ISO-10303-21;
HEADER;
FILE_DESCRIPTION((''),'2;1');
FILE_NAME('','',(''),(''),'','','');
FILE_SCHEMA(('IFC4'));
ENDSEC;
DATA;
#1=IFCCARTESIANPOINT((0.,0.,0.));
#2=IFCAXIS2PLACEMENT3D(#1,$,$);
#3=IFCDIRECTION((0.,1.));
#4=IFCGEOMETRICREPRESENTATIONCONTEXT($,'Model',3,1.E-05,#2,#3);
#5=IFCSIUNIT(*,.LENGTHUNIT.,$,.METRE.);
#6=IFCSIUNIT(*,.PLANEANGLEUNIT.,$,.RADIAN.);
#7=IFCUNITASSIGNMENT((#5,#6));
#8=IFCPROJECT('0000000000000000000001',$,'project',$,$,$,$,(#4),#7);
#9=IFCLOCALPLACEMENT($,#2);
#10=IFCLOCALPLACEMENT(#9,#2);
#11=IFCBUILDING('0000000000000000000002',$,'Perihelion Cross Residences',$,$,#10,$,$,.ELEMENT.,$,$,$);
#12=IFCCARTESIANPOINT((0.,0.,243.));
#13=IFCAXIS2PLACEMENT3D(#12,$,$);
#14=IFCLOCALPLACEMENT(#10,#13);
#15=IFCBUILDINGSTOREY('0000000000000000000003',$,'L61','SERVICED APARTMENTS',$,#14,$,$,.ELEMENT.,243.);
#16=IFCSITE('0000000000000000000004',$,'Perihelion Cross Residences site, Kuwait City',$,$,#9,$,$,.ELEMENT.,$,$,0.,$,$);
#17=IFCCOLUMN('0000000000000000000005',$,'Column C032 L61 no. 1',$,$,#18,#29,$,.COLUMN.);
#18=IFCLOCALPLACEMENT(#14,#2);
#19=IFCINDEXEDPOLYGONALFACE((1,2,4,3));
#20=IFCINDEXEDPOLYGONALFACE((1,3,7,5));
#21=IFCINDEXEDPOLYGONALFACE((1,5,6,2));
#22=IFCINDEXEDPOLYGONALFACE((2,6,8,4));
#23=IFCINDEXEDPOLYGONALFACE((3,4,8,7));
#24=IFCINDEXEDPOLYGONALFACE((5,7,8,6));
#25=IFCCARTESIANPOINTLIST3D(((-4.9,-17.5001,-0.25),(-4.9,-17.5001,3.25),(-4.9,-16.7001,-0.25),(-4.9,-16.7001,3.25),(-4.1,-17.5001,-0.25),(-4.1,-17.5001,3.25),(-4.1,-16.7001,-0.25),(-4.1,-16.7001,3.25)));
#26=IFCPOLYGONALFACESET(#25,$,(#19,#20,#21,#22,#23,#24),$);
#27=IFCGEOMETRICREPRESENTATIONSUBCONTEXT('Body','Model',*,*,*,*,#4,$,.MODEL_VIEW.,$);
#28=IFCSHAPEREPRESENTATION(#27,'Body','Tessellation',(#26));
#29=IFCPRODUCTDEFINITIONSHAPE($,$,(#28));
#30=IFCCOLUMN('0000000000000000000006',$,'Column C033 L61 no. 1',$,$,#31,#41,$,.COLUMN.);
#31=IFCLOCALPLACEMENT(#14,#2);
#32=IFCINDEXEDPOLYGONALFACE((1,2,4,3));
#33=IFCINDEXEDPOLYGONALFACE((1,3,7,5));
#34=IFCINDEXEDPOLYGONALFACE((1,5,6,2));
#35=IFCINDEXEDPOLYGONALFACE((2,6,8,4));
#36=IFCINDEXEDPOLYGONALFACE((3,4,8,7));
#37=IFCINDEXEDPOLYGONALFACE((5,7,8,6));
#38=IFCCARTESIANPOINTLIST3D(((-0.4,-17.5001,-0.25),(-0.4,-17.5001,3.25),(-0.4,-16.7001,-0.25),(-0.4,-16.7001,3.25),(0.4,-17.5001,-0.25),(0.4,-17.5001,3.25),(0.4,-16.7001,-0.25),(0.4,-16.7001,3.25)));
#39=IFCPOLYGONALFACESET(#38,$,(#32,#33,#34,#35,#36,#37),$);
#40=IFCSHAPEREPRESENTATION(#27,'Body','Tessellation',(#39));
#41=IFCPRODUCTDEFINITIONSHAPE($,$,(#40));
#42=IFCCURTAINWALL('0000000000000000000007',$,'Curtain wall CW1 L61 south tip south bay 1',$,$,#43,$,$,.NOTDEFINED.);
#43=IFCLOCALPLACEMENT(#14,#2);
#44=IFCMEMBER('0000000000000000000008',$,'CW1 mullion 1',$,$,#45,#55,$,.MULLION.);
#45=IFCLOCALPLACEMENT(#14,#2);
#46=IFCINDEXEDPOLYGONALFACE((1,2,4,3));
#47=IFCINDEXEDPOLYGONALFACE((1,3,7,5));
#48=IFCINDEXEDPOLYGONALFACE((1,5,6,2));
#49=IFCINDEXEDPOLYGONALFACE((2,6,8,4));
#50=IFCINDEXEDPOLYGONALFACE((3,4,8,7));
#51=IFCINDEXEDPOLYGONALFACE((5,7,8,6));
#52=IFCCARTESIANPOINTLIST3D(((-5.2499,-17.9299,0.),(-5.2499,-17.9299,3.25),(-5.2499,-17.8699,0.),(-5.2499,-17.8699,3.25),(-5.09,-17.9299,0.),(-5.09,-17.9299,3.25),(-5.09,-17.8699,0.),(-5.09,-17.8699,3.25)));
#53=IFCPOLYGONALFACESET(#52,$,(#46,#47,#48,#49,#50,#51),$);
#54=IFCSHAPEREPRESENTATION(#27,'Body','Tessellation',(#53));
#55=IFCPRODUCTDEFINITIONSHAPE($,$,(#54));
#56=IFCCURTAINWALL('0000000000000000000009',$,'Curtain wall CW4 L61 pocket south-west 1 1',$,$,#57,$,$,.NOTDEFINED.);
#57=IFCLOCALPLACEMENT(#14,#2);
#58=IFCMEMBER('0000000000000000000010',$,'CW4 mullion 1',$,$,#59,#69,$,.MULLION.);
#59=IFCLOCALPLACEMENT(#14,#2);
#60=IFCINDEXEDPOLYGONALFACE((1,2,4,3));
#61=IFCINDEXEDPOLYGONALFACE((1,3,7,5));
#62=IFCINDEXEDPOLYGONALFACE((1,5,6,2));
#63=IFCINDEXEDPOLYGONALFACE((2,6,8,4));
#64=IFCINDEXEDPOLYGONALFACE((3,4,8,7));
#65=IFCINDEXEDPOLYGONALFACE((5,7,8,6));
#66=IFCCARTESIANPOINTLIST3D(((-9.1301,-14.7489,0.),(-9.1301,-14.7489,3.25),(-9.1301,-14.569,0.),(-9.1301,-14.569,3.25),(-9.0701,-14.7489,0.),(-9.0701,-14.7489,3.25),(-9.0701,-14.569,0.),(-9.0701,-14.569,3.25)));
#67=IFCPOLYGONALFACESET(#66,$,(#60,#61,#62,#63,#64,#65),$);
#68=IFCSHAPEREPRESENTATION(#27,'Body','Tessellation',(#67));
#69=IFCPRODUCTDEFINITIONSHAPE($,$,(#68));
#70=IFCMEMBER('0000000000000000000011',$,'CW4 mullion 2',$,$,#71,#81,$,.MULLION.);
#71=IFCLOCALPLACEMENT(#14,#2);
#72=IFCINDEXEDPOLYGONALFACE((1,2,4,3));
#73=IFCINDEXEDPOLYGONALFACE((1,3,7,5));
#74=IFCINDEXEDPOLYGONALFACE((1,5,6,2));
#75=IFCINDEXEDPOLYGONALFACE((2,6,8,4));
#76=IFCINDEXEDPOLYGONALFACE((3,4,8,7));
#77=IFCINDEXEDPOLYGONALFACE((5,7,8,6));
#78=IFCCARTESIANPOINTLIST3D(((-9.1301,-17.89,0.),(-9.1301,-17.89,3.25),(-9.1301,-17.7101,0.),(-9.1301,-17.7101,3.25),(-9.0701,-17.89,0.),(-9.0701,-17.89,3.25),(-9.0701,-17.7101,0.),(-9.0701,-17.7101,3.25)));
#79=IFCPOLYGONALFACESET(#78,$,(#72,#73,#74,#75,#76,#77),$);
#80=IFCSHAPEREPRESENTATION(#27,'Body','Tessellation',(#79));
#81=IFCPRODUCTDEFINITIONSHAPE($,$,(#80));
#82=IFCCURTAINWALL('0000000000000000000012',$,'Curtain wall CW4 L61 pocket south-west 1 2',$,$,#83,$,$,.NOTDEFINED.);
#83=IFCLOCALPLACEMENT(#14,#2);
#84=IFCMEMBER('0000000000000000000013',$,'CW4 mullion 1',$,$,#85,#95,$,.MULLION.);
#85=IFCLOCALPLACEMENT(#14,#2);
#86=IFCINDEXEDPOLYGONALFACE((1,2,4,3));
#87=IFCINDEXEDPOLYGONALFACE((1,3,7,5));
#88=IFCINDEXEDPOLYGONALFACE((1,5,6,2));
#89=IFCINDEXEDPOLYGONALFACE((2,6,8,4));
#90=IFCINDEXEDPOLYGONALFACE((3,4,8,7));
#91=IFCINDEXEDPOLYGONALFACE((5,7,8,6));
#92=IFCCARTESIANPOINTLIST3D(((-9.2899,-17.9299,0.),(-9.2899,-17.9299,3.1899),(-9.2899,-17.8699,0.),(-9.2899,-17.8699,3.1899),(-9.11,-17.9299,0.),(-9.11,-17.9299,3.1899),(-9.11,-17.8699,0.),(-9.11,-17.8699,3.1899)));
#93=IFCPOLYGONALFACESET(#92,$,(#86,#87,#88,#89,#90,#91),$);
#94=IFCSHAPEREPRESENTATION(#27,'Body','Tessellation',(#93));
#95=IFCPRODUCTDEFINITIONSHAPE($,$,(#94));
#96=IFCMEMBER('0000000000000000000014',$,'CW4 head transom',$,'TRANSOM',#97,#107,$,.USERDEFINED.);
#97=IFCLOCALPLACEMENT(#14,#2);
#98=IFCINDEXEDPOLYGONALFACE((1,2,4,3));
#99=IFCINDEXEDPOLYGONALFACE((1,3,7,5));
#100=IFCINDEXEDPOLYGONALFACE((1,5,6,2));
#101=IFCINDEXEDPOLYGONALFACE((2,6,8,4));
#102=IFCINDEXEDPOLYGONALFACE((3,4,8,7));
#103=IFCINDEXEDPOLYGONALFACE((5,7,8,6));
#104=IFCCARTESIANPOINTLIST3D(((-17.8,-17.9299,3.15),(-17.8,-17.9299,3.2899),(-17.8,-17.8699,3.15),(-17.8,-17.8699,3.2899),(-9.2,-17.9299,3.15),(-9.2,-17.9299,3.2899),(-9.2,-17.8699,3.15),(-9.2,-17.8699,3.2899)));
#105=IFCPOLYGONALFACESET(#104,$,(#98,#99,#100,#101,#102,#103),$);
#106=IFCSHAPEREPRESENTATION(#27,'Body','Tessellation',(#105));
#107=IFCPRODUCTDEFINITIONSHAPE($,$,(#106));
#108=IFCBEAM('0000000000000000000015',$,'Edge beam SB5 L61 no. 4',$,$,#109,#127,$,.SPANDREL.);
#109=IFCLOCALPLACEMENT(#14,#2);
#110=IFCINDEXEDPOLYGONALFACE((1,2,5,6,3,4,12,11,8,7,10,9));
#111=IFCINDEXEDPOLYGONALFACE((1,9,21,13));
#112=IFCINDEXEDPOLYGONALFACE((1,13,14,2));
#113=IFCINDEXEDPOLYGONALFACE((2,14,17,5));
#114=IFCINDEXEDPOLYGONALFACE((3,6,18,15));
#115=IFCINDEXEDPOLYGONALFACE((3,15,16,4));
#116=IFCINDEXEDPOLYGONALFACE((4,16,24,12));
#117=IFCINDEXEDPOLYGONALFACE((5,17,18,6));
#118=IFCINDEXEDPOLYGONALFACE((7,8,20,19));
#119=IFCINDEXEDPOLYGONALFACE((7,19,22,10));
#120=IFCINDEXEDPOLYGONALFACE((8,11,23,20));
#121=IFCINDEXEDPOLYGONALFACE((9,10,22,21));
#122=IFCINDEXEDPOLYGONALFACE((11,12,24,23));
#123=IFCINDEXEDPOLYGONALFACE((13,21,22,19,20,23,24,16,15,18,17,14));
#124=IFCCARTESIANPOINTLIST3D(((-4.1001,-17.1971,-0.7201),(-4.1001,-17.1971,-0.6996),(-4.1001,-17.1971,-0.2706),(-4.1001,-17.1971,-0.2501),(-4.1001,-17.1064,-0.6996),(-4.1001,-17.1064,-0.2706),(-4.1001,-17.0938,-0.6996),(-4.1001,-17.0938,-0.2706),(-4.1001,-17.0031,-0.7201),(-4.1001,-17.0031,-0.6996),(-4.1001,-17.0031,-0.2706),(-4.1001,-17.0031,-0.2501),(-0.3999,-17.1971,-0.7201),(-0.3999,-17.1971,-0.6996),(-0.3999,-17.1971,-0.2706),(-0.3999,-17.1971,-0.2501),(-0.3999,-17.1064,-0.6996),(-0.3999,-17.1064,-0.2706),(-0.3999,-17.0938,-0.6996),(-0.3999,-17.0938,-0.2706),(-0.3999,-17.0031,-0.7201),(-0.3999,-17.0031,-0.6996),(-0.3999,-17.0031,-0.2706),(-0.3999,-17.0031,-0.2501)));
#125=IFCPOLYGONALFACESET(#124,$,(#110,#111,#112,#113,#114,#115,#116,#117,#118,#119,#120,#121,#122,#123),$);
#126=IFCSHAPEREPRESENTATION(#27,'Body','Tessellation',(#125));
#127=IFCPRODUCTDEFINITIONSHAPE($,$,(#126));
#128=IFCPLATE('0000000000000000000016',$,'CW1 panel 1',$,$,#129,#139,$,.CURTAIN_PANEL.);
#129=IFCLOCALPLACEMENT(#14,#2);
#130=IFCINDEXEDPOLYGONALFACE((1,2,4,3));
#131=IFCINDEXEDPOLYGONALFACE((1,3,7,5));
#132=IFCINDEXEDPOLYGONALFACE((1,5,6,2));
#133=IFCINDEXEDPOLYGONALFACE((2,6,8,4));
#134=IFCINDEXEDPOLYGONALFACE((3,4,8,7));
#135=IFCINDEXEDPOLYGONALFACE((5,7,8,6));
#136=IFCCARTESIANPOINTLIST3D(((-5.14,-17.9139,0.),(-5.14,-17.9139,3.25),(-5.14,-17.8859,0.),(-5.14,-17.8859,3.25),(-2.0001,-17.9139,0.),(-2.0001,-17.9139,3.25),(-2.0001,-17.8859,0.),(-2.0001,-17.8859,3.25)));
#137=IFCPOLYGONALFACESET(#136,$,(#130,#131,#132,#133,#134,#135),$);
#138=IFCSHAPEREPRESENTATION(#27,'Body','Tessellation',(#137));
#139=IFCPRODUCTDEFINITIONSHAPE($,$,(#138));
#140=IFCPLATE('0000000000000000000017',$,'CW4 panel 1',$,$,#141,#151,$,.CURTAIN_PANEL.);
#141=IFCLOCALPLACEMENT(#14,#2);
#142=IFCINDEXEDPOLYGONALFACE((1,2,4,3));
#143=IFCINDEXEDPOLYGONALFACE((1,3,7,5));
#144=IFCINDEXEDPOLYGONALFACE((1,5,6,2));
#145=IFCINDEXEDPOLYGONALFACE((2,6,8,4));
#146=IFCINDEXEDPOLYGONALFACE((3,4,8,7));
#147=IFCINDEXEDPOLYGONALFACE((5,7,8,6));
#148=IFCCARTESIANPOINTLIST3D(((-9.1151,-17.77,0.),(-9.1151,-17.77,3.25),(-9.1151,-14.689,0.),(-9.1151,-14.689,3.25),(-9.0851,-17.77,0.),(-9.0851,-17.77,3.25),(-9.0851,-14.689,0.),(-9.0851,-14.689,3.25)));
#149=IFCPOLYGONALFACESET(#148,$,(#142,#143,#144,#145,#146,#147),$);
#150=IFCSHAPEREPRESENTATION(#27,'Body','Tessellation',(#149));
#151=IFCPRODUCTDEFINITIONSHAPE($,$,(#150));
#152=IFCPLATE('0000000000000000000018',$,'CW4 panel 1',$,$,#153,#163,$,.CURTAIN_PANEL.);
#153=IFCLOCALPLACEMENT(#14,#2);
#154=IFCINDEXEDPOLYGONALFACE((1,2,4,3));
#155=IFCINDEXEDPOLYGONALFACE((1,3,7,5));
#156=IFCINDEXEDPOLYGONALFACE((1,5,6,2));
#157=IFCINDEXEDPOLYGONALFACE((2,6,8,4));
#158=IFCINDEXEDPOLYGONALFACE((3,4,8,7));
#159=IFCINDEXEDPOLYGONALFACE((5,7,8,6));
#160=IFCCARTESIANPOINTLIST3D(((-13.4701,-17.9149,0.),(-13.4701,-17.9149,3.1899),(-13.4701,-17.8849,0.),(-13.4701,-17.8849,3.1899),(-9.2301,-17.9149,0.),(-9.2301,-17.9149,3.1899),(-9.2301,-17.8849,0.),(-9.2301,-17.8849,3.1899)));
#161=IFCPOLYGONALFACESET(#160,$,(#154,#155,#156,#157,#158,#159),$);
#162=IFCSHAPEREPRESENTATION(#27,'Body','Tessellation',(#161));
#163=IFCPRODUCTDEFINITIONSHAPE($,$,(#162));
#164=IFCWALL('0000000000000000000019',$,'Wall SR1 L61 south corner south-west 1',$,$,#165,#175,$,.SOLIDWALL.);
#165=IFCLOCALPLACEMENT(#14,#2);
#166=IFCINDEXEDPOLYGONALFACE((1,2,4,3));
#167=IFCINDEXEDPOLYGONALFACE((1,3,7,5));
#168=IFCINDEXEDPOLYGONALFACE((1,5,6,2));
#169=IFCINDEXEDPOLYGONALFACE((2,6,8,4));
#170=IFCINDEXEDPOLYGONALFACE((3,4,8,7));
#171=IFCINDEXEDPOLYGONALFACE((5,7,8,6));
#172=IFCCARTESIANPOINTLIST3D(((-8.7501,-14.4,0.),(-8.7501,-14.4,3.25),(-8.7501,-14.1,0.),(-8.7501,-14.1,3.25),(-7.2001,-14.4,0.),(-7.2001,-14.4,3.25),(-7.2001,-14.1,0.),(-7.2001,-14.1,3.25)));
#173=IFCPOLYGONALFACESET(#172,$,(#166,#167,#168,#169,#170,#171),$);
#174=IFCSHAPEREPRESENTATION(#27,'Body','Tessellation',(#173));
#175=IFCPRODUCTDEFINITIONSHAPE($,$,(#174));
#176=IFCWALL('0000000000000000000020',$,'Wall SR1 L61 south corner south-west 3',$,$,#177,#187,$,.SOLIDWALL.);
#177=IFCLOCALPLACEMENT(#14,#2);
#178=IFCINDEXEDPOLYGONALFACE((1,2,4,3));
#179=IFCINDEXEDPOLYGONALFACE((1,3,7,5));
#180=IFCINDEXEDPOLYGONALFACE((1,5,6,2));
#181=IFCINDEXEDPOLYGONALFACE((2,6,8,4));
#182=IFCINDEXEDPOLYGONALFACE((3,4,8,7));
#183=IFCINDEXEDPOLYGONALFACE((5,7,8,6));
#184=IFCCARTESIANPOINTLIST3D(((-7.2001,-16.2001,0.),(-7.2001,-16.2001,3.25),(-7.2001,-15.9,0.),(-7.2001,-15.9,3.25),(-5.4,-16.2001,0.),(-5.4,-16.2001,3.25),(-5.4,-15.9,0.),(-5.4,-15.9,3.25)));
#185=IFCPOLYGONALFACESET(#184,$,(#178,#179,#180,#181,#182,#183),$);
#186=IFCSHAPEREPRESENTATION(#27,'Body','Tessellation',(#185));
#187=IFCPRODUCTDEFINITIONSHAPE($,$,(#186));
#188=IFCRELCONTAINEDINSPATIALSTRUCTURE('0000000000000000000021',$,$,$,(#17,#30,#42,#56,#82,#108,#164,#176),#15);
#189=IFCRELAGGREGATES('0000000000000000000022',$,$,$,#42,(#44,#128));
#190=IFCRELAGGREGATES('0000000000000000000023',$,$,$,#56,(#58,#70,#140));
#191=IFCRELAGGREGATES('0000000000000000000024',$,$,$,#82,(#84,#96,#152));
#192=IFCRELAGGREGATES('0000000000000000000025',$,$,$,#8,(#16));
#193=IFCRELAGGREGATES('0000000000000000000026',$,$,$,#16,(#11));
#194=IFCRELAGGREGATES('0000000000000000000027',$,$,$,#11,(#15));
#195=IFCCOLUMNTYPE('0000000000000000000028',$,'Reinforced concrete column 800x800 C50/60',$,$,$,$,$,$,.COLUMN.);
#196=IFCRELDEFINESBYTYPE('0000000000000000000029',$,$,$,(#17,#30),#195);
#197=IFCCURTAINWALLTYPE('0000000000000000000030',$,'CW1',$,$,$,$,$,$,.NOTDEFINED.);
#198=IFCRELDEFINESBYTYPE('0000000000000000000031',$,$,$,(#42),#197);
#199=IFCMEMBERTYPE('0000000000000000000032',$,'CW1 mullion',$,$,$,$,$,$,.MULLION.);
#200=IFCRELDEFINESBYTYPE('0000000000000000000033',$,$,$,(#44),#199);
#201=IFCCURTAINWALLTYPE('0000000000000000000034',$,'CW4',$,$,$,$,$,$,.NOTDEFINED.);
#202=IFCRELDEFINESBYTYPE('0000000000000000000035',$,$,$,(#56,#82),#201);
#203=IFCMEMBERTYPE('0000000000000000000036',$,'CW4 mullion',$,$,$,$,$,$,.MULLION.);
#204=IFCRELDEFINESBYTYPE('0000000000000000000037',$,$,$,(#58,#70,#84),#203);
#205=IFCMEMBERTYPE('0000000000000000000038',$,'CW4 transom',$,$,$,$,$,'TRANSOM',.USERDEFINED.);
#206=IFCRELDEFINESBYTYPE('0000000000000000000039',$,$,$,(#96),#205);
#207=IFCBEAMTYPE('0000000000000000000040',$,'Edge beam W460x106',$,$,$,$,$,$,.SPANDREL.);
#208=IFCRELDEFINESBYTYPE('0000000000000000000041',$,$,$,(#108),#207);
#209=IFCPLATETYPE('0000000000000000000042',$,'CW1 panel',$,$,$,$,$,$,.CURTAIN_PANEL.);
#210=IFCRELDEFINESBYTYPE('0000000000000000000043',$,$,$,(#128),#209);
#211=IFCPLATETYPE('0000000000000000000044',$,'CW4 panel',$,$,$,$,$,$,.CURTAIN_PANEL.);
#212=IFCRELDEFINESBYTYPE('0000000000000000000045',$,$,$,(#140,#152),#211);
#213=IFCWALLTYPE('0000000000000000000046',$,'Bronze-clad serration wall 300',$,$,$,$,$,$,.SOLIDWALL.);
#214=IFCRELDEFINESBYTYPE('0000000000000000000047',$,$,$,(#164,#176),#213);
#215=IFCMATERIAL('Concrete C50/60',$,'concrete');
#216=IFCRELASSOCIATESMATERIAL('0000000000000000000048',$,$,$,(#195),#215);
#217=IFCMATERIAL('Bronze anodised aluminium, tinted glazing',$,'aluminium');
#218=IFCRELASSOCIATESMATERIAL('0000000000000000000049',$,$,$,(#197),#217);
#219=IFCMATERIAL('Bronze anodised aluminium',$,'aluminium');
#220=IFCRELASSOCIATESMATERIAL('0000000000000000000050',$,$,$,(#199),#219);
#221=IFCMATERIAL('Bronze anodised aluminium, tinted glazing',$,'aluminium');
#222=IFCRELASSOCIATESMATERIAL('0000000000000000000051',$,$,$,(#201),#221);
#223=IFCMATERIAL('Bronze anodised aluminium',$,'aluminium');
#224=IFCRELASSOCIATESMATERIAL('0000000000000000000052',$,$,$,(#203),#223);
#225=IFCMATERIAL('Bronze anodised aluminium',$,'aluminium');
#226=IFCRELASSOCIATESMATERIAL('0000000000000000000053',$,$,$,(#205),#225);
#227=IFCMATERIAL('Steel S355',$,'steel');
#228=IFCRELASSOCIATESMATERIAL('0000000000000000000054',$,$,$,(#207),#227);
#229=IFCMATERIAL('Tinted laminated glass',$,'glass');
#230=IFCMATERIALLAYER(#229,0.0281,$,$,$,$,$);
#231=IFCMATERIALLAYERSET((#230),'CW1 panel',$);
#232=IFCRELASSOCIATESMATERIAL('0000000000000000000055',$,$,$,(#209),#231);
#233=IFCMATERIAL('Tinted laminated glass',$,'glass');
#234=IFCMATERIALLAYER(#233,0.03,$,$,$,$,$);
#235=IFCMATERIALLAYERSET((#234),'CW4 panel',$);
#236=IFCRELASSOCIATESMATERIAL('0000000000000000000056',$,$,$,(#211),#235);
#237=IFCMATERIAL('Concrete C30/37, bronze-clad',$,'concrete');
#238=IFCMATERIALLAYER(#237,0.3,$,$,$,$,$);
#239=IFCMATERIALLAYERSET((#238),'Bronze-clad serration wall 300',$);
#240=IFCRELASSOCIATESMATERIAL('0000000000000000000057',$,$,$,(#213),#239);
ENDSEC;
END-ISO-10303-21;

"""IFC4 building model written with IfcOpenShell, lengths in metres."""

from ifc_helpers import new_model, si_unit, direction, frame, frame_2d, origin, origin_2d, place, context, subcontext, project, spatial, rectangle, i_section, extrude, material, layer, layer_set, material_profile, profile_set, type_object, element, aggregate, save


model = new_model("IFC4")

# Units and contexts
model_context = context("Model", 3, precision=1e-05, world=origin(), true_north=direction((0.0, 1.0)))
body_context = subcontext(model_context, "Body", "Model", "MODEL_VIEW")
ifc_project = project(units=[si_unit("LENGTHUNIT", "METRE"), si_unit("PLANEANGLEUNIT", "RADIAN")], contexts=[model_context])

# Site, building, storey
site_placement = place(None, origin())
site = spatial("IfcSite", under=ifc_project, at=site_placement, Name="Perihelion Cross Residences site, Kuwait City", CompositionType="ELEMENT", RefElevation=0.0)
building_placement = place(site_placement, origin())
building = spatial("IfcBuilding", under=site, at=building_placement, Name="Perihelion Cross Residences", CompositionType="ELEMENT")
storey_placement = place(building_placement, frame((0.0, 0.0, 243.0)))
storey = spatial("IfcBuildingStorey", under=building, at=storey_placement, Name="L61", Description="SERVICED APARTMENTS", CompositionType="ELEMENT", Elevation=243.0)

# Columns
ifc_material_1 = material(Name="Concrete C50/60", Category="concrete")
ifc_material_profile_1 = material_profile(ifc_material_1, rectangle(XDim=0.8, YDim=0.8, at=origin_2d()), Name="RC 800x800")
ifc_profile_set_1 = profile_set([ifc_material_profile_1], Name="Concrete C50/60")
column_type = type_object("IfcColumnType", Name="Reinforced concrete column 800x800 C50/60", PredefinedType="COLUMN", material=ifc_profile_set_1)
for number, where, z_axis, x_axis, name in (
    (1, (-4.5, -17.1001, -0.25), (0.0, 0.0, 1.0), (1.0, 0.0, 0.0), "Column C032 L61 no. 1"),
    (2, (0.0, -17.1001, -0.25), (0.0, 0.0, 1.0), (1.0, 0.0, 0.0), "Column C033 L61 no. 1"),
):
    element("IfcColumn", number, at=place(storey_placement, frame(where, z_axis=z_axis, x_axis=x_axis)), inside=storey, type_object=column_type, Name=name, PredefinedType="COLUMN", context=body_context, shape_type="SweptSolid", body=[
        extrude(rectangle(XDim=0.8, YDim=0.8, at=origin_2d()), origin(), (0.0, 0.0, 1.0), 3.5),
    ])

# Curtain wall, member
ifc_material_2 = material(Name="Bronze anodised aluminium, tinted glazing", Category="aluminium")
curtain_wall_type_1 = type_object("IfcCurtainWallType", Name="CW1", PredefinedType="NOTDEFINED", material=ifc_material_2)
curtain_wall_1_placement = place(storey_placement, origin())
curtain_wall_1 = element("IfcCurtainWall", 3, at=curtain_wall_1_placement, inside=storey, type_object=curtain_wall_type_1, Name="Curtain wall CW1 L61 south tip south bay 1", PredefinedType="NOTDEFINED")
ifc_material_3 = material(Name="Bronze anodised aluminium", Category="aluminium")
ifc_material_profile_2 = material_profile(ifc_material_3, rectangle(XDim=0.0601, YDim=0.1599, at=origin_2d()), Name="CW1 mullion")
ifc_profile_set_2 = profile_set([ifc_material_profile_2], Name="Bronze anodised aluminium")
member_type_1 = type_object("IfcMemberType", Name="CW1 mullion", PredefinedType="MULLION", material=ifc_profile_set_2)
member_1_placement = place(storey_placement, frame((-5.1699, -17.8999, 0.0), z_axis=(0.0, 0.0, 1.0), x_axis=(0.0, 1.0, 0.0)))
member_1 = element("IfcMember", 4, at=member_1_placement, type_object=member_type_1, Name="CW1 mullion 1", PredefinedType="MULLION", context=body_context, shape_type="SweptSolid", body=[
    extrude(rectangle(XDim=0.0601, YDim=0.1599, at=origin_2d()), origin(), (0.0, 0.0, 1.0), 3.25),
])

# Curtain walls, members
ifc_material_4 = material(Name="Bronze anodised aluminium, tinted glazing", Category="aluminium")
curtain_wall_type_2 = type_object("IfcCurtainWallType", Name="CW4", PredefinedType="NOTDEFINED", material=ifc_material_4)
curtain_wall_2_placement = place(storey_placement, origin())
curtain_wall_2 = element("IfcCurtainWall", 5, at=curtain_wall_2_placement, inside=storey, type_object=curtain_wall_type_2, Name="Curtain wall CW4 L61 pocket south-west 1 1", PredefinedType="NOTDEFINED")
ifc_material_5 = material(Name="Bronze anodised aluminium", Category="aluminium")
ifc_material_profile_3 = material_profile(ifc_material_5, rectangle(XDim=0.0601, YDim=0.1799, at=origin_2d()), Name="CW4 mullion")
ifc_profile_set_3 = profile_set([ifc_material_profile_3], Name="Bronze anodised aluminium")
member_type_2 = type_object("IfcMemberType", Name="CW4 mullion", PredefinedType="MULLION", material=ifc_profile_set_3)
member_2_placement = place(storey_placement, frame((-9.1001, -14.6589, 0.0), z_axis=(0.0, 0.0, 1.0), x_axis=(1.0, 0.0, 0.0)))
member_2 = element("IfcMember", 6, at=member_2_placement, type_object=member_type_2, Name="CW4 mullion 1", PredefinedType="MULLION", context=body_context, shape_type="SweptSolid", body=[
    extrude(rectangle(XDim=0.0601, YDim=0.1799, at=origin_2d()), origin(), (0.0, 0.0, 1.0), 3.25),
])
member_3_placement = place(storey_placement, frame((-9.1001, -17.8, 0.0), z_axis=(0.0, 0.0, 1.0), x_axis=(1.0, 0.0, 0.0)))
member_3 = element("IfcMember", 7, at=member_3_placement, type_object=member_type_2, Name="CW4 mullion 2", PredefinedType="MULLION", context=body_context, shape_type="SweptSolid", body=[
    extrude(rectangle(XDim=0.0601, YDim=0.1799, at=origin_2d()), origin(), (0.0, 0.0, 1.0), 3.25),
])
curtain_wall_3_placement = place(storey_placement, origin())
curtain_wall_3 = element("IfcCurtainWall", 8, at=curtain_wall_3_placement, inside=storey, type_object=curtain_wall_type_2, Name="Curtain wall CW4 L61 pocket south-west 1 2", PredefinedType="NOTDEFINED")
member_4_placement = place(storey_placement, frame((-9.2, -17.8999, 0.0), z_axis=(0.0, 0.0, 1.0), x_axis=(0.0, -1.0, 0.0)))
member_4 = element("IfcMember", 9, at=member_4_placement, type_object=member_type_2, Name="CW4 mullion 1", PredefinedType="MULLION", context=body_context, shape_type="SweptSolid", body=[
    extrude(rectangle(XDim=0.0601, YDim=0.1799, at=origin_2d()), origin(), (0.0, 0.0, 1.0), 3.1899),
])
ifc_material_6 = material(Name="Bronze anodised aluminium", Category="aluminium")
ifc_material_profile_4 = material_profile(ifc_material_6, rectangle(XDim=0.0601, YDim=0.1399, at=origin_2d()), Name="CW4 transom")
ifc_profile_set_4 = profile_set([ifc_material_profile_4], Name="Bronze anodised aluminium")
member_type_3 = type_object("IfcMemberType", Name="CW4 transom", ElementType="TRANSOM", PredefinedType="USERDEFINED", material=ifc_profile_set_4)
member_5_placement = place(storey_placement, frame((-9.2, -17.8999, 3.22), z_axis=(-1.0, 0.0, 0.0), x_axis=(0.0, -1.0, 0.0)))
member_5 = element("IfcMember", 10, at=member_5_placement, type_object=member_type_3, Name="CW4 head transom", ObjectType="TRANSOM", PredefinedType="USERDEFINED", context=body_context, shape_type="SweptSolid", body=[
    extrude(rectangle(XDim=0.0601, YDim=0.1399, at=origin_2d()), origin(), (0.0, 0.0, 1.0), 8.6001),
])

# Beam
ifc_material_7 = material(Name="Steel S355", Category="steel")
ifc_material_profile_5 = material_profile(ifc_material_7, i_section(OverallWidth=0.1941, OverallDepth=0.47, WebThickness=0.0127, FlangeThickness=0.0205, at=origin_2d()), Name="W460x106")
ifc_profile_set_5 = profile_set([ifc_material_profile_5], Name="Steel S355")
beam_type = type_object("IfcBeamType", Name="Edge beam W460x106", PredefinedType="SPANDREL", material=ifc_profile_set_5)
beam_placement = place(storey_placement, frame((-4.1001, -17.1001, -0.4851), z_axis=(1.0, 0.0, 0.0), x_axis=(0.0, 1.0, 0.0)))
element("IfcBeam", 11, at=beam_placement, inside=storey, type_object=beam_type, Name="Edge beam SB5 L61 no. 4", PredefinedType="SPANDREL", context=body_context, shape_type="SweptSolid", body=[
    extrude(i_section(OverallWidth=0.1941, OverallDepth=0.47, WebThickness=0.0127, FlangeThickness=0.0205, at=origin_2d()), origin(), (0.0, 0.0, 1.0), 3.7002),
])

# Plates
ifc_material_8 = material(Name="Tinted laminated glass", Category="glass")
ifc_layer_1 = layer(ifc_material_8, 0.0281)
ifc_layer_set_1 = layer_set([ifc_layer_1], Name="CW1 panel")
plate_type_1 = type_object("IfcPlateType", Name="CW1 panel", PredefinedType="CURTAIN_PANEL", material=ifc_layer_set_1)
plate_1_placement = place(storey_placement, frame((-3.5701, -17.8999, 0.0), z_axis=(0.0, 0.0, 1.0), x_axis=(1.0, 0.0, 0.0)))
plate_1 = element("IfcPlate", 12, at=plate_1_placement, type_object=plate_type_1, Name="CW1 panel 1", PredefinedType="CURTAIN_PANEL", context=body_context, shape_type="SweptSolid", body=[
    extrude(rectangle(XDim=3.1399, YDim=0.0281, at=origin_2d()), origin(), (0.0, 0.0, 1.0), 3.25),
])
aggregate(curtain_wall_1, [member_1, plate_1])
ifc_material_9 = material(Name="Tinted laminated glass", Category="glass")
ifc_layer_2 = layer(ifc_material_9, 0.03)
ifc_layer_set_2 = layer_set([ifc_layer_2], Name="CW4 panel")
plate_type_2 = type_object("IfcPlateType", Name="CW4 panel", PredefinedType="CURTAIN_PANEL", material=ifc_layer_set_2)
plate_2_placement = place(storey_placement, frame((-9.1001, -16.2295, 0.0), z_axis=(0.0, 0.0, 1.0), x_axis=(0.0, -1.0, 0.0)))
plate_2 = element("IfcPlate", 13, at=plate_2_placement, type_object=plate_type_2, Name="CW4 panel 1", PredefinedType="CURTAIN_PANEL", context=body_context, shape_type="SweptSolid", body=[
    extrude(rectangle(XDim=3.0811, YDim=0.03, at=origin_2d()), origin(), (0.0, 0.0, 1.0), 3.25),
])
aggregate(curtain_wall_2, [member_2, member_3, plate_2])
plate_3_placement = place(storey_placement, frame((-11.3501, -17.8999, 0.0), z_axis=(0.0, 0.0, 1.0), x_axis=(-1.0, 0.0, 0.0)))
plate_3 = element("IfcPlate", 14, at=plate_3_placement, type_object=plate_type_2, Name="CW4 panel 1", PredefinedType="CURTAIN_PANEL", context=body_context, shape_type="SweptSolid", body=[
    extrude(rectangle(XDim=4.24, YDim=0.03, at=origin_2d()), origin(), (0.0, 0.0, 1.0), 3.1899),
])
aggregate(curtain_wall_3, [member_4, member_5, plate_3])

# Walls
ifc_material_10 = material(Name="Concrete C30/37, bronze-clad", Category="concrete")
ifc_layer_3 = layer(ifc_material_10, 0.3)
ifc_layer_set_3 = layer_set([ifc_layer_3], Name="Bronze-clad serration wall 300")
wall_type_1 = type_object("IfcWallType", Name="Bronze-clad serration wall 300", PredefinedType="SOLIDWALL", material=ifc_layer_set_3)
wall_1_placement = place(storey_placement, frame((-8.75, -14.25, 0.0), z_axis=(0.0, 0.0, 1.0), x_axis=(1.0, 0.0, 0.0)))
element("IfcWall", 15, at=wall_1_placement, inside=storey, type_object=wall_type_1, Name="Wall SR1 L61 south corner south-west 1", PredefinedType="SOLIDWALL", context=body_context, shape_type="SweptSolid", body=[
    extrude(rectangle(XDim=1.55, YDim=0.3, at=frame_2d((0.7749, 0.0))), origin(), (0.0, 0.0, 1.0), 3.25),
])
wall_2_placement = place(storey_placement, frame((-7.2, -16.05, 0.0), z_axis=(0.0, 0.0, 1.0), x_axis=(1.0, 0.0, 0.0)))
element("IfcWall", 16, at=wall_2_placement, inside=storey, type_object=wall_type_1, Name="Wall SR1 L61 south corner south-west 3", PredefinedType="SOLIDWALL", context=body_context, shape_type="SweptSolid", body=[
    extrude(rectangle(XDim=1.8, YDim=0.3, at=frame_2d((0.8999, 0.0))), origin(), (0.0, 0.0, 1.0), 3.25),
])

save(model, "model.ifc")
